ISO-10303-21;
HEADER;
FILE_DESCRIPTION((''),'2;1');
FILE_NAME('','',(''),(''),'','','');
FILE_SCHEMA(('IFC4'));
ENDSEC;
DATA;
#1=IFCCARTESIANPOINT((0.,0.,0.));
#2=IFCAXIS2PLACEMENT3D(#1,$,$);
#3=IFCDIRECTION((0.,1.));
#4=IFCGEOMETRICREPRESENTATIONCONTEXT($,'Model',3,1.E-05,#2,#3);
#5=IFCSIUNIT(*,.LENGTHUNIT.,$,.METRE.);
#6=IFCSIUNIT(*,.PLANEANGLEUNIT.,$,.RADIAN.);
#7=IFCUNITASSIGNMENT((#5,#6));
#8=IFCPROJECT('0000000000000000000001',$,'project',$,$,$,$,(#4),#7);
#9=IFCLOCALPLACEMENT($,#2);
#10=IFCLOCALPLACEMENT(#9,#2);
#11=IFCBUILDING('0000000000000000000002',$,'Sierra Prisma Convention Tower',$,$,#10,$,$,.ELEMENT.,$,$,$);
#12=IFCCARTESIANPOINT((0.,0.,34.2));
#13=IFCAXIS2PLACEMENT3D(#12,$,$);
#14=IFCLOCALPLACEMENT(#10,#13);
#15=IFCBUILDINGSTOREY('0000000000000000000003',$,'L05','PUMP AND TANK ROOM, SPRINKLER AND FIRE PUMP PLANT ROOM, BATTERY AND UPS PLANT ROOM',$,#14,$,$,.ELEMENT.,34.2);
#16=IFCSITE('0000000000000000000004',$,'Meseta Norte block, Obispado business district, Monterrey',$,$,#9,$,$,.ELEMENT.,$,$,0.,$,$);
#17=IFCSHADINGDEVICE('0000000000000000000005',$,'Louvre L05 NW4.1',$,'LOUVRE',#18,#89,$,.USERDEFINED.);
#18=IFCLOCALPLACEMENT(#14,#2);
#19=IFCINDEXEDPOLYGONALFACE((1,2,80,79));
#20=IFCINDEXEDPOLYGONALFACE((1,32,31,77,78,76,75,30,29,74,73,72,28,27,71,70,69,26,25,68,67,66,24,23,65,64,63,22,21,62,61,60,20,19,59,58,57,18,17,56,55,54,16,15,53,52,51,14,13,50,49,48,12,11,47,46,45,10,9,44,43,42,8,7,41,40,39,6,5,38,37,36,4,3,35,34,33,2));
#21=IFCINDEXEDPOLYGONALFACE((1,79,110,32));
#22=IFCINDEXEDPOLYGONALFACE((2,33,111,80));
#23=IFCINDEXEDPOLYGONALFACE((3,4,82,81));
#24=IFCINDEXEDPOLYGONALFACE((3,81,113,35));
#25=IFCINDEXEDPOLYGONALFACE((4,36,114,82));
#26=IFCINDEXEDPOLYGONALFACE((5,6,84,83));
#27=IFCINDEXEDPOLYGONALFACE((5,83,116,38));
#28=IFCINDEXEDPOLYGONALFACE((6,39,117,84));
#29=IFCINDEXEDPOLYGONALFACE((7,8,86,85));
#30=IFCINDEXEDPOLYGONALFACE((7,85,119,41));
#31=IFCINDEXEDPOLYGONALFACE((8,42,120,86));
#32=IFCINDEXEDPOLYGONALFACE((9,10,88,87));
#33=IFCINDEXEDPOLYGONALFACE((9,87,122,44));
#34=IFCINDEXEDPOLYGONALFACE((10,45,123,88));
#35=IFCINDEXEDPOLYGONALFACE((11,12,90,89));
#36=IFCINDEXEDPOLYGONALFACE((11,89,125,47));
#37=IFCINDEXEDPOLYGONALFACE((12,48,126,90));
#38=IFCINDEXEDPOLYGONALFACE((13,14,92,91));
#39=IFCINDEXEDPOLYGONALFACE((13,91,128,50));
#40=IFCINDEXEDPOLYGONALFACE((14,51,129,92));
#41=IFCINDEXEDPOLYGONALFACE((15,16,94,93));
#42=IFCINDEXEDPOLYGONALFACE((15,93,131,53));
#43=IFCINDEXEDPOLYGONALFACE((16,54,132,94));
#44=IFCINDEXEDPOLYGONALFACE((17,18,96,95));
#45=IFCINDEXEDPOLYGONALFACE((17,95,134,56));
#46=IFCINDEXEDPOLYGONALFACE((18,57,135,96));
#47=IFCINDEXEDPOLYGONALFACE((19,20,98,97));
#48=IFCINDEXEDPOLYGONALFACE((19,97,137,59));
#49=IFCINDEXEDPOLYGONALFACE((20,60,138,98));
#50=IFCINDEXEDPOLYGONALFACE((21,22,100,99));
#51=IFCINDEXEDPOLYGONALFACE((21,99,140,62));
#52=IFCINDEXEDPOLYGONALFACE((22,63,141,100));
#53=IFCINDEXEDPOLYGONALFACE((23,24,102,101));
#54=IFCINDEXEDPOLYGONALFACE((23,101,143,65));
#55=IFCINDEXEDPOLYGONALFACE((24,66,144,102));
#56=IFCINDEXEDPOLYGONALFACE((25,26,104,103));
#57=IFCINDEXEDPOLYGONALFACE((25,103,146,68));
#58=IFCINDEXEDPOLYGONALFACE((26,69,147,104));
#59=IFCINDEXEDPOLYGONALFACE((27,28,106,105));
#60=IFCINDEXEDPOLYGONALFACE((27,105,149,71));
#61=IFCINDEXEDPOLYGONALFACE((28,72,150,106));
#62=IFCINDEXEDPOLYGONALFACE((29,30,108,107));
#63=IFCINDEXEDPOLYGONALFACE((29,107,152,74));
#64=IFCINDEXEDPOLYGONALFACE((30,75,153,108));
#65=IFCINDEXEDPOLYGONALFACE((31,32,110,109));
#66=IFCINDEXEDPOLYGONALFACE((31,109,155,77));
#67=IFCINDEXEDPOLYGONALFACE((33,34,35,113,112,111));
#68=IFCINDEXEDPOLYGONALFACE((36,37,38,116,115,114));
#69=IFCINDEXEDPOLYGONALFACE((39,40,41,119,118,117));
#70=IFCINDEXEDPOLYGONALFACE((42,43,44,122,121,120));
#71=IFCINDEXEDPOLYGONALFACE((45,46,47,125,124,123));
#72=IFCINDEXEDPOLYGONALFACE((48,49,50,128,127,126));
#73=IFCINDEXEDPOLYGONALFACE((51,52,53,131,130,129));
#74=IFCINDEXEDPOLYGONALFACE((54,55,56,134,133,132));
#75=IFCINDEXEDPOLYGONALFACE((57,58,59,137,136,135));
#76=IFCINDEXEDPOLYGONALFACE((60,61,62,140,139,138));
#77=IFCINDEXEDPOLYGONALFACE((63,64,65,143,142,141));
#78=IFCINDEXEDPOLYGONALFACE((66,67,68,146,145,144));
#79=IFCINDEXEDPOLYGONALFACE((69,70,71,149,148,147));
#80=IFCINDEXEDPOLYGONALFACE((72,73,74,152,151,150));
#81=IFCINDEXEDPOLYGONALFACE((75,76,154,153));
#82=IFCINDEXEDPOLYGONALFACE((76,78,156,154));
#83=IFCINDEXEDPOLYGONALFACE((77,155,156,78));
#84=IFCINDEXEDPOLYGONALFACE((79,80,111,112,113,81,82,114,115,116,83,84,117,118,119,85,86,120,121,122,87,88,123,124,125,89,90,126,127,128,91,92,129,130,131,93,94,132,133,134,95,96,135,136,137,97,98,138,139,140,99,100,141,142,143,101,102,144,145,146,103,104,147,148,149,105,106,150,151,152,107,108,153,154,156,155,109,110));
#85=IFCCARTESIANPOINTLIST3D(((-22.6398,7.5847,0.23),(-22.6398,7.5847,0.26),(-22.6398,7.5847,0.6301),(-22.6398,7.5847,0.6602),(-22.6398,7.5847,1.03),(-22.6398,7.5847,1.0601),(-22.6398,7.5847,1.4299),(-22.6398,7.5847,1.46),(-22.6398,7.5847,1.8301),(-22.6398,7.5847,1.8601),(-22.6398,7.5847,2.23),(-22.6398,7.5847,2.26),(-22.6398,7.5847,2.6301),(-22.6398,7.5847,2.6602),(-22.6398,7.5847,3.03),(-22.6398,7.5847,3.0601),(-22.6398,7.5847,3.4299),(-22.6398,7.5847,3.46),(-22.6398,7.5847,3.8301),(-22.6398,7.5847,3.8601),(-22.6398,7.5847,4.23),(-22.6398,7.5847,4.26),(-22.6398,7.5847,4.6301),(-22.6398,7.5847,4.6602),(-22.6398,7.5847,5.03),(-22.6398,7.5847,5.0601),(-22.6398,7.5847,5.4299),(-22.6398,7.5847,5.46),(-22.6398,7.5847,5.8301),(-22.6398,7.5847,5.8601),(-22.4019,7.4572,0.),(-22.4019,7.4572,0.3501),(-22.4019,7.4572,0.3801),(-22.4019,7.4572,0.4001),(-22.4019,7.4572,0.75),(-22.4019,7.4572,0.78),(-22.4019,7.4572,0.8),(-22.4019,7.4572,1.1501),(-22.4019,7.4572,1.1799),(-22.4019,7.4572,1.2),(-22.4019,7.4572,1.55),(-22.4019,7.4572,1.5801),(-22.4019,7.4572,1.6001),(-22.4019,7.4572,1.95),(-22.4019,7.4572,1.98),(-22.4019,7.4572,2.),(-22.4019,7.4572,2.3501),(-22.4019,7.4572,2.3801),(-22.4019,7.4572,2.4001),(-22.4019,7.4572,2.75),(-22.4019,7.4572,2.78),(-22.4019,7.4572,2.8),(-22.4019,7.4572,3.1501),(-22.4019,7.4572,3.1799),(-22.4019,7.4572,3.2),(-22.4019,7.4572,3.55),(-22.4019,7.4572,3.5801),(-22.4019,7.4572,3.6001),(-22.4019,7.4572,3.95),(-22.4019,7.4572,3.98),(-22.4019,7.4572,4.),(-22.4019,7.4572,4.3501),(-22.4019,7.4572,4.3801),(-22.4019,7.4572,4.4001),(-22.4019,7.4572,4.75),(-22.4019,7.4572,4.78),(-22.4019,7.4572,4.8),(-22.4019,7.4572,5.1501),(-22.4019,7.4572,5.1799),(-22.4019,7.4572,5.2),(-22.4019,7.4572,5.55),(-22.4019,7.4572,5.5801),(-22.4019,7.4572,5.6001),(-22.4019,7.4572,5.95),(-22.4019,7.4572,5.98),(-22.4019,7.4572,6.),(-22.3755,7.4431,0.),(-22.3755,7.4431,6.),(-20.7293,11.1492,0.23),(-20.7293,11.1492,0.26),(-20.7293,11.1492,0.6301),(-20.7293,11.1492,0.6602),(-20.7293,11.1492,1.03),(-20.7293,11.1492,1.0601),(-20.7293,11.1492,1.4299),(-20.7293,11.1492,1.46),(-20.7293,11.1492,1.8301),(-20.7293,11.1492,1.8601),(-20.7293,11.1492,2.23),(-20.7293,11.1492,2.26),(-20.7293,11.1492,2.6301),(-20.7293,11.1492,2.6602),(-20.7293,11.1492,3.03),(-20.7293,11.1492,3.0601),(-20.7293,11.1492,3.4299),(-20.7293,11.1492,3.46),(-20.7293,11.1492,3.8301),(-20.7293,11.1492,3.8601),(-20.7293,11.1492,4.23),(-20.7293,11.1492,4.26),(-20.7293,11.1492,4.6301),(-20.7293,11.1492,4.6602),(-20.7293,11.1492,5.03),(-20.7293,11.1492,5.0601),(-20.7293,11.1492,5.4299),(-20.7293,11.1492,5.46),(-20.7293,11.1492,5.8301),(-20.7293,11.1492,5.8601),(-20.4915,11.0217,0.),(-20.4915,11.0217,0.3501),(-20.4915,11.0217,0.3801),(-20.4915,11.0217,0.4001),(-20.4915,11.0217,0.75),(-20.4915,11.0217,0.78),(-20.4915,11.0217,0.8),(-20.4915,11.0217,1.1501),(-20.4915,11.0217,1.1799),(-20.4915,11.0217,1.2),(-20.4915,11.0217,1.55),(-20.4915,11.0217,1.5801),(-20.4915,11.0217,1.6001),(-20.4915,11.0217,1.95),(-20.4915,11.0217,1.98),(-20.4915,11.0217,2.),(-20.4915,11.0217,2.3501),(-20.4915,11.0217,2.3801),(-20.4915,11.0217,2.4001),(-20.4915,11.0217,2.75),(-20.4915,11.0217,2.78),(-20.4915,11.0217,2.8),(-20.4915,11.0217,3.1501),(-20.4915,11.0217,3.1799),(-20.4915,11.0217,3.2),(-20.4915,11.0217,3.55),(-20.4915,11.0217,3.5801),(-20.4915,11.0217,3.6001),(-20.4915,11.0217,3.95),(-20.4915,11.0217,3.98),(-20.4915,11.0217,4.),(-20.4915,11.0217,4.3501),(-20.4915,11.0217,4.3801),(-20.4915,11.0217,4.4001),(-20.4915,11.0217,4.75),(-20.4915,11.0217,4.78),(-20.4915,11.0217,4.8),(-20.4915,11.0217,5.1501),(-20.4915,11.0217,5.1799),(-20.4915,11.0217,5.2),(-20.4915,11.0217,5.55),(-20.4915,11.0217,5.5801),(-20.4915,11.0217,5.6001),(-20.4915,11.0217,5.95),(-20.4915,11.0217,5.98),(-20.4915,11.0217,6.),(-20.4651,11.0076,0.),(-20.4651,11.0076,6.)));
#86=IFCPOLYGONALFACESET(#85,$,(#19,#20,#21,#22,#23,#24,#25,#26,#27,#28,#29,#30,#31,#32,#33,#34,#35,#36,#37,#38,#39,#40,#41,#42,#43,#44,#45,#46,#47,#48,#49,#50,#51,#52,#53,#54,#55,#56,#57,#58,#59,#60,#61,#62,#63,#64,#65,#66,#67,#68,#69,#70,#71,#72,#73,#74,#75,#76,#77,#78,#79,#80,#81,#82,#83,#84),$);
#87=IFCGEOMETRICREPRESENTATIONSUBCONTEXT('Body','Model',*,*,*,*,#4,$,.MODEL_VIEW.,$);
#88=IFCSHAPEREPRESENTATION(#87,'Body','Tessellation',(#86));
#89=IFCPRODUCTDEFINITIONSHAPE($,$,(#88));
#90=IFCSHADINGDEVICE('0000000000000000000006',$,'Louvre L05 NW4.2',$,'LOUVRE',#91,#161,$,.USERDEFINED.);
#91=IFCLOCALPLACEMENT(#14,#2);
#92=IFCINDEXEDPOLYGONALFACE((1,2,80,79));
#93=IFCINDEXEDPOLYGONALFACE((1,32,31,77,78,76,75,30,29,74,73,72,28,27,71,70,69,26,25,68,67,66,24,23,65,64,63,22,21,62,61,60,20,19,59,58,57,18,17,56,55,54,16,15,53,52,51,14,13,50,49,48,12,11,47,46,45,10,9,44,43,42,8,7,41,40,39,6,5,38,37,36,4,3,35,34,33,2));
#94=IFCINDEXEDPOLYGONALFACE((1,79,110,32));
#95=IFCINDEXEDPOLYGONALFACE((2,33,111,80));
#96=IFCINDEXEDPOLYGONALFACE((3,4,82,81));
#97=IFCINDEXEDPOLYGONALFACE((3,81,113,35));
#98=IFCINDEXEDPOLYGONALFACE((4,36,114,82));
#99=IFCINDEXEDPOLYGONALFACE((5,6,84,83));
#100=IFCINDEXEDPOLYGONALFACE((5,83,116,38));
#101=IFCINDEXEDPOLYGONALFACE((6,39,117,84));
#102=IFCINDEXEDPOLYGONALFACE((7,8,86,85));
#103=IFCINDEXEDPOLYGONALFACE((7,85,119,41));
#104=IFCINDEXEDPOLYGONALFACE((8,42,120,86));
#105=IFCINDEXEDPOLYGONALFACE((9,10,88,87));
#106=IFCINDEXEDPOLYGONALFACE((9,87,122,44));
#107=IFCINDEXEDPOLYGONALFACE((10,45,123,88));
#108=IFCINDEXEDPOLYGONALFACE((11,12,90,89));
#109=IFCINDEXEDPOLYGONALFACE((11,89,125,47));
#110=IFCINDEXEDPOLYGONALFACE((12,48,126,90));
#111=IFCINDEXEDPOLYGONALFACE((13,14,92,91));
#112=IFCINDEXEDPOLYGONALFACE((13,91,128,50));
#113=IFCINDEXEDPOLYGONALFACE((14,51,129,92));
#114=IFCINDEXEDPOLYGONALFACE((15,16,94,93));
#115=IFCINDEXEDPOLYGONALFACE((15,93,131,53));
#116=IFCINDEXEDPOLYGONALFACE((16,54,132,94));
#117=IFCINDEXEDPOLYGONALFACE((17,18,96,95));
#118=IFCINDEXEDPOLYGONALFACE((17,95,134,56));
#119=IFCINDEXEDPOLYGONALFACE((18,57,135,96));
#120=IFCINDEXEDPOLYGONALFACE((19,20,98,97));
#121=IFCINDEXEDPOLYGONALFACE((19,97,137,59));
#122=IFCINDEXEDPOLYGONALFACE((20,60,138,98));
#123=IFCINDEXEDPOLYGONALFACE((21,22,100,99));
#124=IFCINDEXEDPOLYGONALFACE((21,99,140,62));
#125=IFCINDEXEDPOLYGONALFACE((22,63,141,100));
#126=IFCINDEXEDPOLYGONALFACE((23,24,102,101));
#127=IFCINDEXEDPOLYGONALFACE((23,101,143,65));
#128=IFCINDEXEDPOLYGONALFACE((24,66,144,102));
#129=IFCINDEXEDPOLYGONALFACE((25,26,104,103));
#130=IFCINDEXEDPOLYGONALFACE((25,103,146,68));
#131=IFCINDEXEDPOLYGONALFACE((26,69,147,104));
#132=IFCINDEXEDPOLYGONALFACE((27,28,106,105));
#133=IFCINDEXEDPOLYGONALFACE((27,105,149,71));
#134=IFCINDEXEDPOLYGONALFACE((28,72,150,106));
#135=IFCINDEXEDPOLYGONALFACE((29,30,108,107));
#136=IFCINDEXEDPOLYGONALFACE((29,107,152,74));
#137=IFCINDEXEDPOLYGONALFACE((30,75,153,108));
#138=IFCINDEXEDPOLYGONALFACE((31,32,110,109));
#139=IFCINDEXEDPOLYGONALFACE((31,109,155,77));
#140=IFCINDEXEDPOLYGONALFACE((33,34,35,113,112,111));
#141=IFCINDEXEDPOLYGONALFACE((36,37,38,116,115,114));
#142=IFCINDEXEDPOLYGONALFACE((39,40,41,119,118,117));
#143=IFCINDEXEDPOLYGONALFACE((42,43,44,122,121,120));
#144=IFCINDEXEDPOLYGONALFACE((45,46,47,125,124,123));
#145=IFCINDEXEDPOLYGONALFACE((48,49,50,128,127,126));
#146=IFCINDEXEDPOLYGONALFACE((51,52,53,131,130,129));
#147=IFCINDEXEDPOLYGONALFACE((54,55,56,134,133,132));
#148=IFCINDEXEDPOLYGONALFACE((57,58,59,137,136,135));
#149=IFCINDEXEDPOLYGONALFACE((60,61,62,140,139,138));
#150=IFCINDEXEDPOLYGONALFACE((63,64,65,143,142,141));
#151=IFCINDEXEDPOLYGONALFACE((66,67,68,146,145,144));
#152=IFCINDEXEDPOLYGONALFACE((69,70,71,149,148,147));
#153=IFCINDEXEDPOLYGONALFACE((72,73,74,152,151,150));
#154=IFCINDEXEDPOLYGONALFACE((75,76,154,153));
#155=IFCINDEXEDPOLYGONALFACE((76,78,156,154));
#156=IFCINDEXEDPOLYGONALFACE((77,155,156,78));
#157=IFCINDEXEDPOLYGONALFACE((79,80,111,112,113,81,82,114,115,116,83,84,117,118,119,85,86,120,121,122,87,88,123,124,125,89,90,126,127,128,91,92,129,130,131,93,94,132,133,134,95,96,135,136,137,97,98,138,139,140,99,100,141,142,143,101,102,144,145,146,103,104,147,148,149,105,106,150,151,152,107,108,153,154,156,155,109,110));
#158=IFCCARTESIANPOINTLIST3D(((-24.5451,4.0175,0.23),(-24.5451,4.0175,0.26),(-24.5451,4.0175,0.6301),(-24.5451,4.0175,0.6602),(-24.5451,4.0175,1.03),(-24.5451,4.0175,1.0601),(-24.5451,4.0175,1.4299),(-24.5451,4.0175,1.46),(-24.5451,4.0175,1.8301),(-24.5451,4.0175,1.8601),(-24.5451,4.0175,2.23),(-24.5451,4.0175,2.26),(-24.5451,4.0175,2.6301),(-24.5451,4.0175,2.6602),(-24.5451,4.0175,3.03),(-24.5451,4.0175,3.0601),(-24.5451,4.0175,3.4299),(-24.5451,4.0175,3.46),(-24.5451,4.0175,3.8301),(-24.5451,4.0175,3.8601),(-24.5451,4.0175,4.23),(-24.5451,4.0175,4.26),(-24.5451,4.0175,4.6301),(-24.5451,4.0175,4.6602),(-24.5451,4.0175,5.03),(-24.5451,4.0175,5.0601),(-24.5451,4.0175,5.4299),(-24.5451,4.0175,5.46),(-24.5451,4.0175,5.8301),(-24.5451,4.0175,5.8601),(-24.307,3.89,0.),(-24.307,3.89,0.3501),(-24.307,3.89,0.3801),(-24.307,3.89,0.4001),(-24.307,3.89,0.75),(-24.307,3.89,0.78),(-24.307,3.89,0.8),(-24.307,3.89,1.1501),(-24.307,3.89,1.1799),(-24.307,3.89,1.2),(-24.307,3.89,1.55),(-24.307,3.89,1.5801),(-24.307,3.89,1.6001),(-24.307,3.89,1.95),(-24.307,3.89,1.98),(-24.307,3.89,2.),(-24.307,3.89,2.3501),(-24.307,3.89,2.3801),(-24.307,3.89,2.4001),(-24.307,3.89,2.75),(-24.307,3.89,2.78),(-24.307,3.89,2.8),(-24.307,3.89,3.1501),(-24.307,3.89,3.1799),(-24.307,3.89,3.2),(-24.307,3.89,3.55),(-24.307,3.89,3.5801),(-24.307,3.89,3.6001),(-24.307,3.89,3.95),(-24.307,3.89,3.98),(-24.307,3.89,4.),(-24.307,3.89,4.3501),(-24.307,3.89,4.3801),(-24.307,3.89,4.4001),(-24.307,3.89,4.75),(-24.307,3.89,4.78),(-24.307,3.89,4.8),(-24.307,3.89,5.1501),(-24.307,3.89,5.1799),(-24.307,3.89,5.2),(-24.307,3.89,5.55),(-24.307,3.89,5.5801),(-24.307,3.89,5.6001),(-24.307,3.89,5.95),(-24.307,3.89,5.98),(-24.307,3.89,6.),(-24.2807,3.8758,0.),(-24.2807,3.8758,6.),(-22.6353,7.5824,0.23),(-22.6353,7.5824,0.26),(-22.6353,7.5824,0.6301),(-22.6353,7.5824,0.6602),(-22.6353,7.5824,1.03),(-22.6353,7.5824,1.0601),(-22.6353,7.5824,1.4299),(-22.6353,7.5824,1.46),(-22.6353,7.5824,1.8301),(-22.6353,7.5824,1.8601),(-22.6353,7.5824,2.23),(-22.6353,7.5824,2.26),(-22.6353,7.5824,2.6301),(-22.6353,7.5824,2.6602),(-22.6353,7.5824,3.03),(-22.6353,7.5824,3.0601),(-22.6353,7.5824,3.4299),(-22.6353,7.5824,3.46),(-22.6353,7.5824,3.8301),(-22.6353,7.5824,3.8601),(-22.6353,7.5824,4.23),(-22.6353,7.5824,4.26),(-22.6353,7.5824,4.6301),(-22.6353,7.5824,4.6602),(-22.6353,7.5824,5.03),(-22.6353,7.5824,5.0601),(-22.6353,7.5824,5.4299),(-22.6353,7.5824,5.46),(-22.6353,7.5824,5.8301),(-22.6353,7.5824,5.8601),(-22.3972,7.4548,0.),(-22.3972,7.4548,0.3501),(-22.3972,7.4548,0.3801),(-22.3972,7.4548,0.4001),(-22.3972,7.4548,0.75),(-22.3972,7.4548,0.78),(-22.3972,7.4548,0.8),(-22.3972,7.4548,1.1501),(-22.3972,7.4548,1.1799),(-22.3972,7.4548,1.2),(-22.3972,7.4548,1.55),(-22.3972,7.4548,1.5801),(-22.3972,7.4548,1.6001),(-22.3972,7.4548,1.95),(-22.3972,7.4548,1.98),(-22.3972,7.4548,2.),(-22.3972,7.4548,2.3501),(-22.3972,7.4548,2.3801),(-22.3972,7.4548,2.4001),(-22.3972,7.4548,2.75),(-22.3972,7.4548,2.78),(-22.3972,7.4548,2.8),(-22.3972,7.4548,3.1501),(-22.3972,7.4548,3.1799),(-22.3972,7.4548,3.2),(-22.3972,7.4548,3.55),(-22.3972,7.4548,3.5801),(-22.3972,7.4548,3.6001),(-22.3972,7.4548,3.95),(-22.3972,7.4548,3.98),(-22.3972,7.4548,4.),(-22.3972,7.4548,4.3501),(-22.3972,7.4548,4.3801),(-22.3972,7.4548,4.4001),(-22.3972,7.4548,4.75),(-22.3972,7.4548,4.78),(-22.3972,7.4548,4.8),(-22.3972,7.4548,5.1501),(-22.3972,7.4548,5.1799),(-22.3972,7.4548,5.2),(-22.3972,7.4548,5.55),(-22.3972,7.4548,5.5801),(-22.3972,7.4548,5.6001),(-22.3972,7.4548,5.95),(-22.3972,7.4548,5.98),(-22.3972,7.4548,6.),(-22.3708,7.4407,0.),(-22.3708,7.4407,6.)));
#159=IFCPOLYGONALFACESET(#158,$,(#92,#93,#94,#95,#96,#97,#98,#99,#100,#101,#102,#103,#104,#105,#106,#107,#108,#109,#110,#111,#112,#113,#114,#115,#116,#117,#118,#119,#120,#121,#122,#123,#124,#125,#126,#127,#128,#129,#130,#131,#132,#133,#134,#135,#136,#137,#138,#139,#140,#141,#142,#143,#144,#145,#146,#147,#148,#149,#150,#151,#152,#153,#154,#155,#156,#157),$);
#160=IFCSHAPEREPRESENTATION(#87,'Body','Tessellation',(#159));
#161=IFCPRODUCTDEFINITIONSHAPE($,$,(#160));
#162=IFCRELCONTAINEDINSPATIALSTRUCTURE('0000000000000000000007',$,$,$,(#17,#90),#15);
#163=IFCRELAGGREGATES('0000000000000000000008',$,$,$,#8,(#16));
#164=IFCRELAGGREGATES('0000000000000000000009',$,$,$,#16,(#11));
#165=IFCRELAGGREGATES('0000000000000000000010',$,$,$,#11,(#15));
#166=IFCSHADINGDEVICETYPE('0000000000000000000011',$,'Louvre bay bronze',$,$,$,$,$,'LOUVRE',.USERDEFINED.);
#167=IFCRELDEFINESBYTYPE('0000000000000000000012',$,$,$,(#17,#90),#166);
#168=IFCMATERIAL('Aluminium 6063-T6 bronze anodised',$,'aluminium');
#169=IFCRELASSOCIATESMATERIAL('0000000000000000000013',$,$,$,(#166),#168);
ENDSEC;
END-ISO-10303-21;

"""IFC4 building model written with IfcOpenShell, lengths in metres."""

from ifc_helpers import new_model, si_unit, direction, frame, origin, place, context, subcontext, project, spatial, polyline, outline, extrude, material, type_object, element, save


model = new_model("IFC4")

# Units and contexts
model_context = context("Model", 3, precision=1e-05, world=origin(), true_north=direction((0.0, 1.0)))
body_context = subcontext(model_context, "Body", "Model", "MODEL_VIEW")
ifc_project = project(units=[si_unit("LENGTHUNIT", "METRE"), si_unit("PLANEANGLEUNIT", "RADIAN")], contexts=[model_context])

# Site, building, storey
site_placement = place(None, origin())
site = spatial("IfcSite", under=ifc_project, at=site_placement, Name="Meseta Norte block, Obispado business district, Monterrey", CompositionType="ELEMENT", RefElevation=0.0)
building_placement = place(site_placement, origin())
building = spatial("IfcBuilding", under=site, at=building_placement, Name="Sierra Prisma Convention Tower", CompositionType="ELEMENT")
storey_placement = place(building_placement, frame((0.0, 0.0, 34.2)))
storey = spatial("IfcBuildingStorey", under=building, at=storey_placement, Name="L05", Description="PUMP AND TANK ROOM, SPRINKLER AND FIRE PUMP PLANT ROOM, BATTERY AND UPS PLANT ROOM", CompositionType="ELEMENT", Elevation=34.2)

# Shading devices
ifc_material_1 = material(Name="Aluminium 6063-T6 bronze anodised", Category="aluminium")
shading_device_type = type_object("IfcShadingDeviceType", Name="Louvre bay bronze", ElementType="LOUVRE", PredefinedType="USERDEFINED", material=ifc_material_1)
shading_device_1_placement = place(storey_placement, frame((-20.4651, 11.0076, 0.0), z_axis=(0.472387, 0.881391, 0.0), x_axis=(0.0, 0.0, 1.0)))
element("IfcShadingDevice", 1, at=shading_device_1_placement, inside=storey, type_object=shading_device_type, Name="Louvre L05 NW4.1", ObjectType="LOUVRE", PredefinedType="USERDEFINED", context=body_context, shape_type="SweptSolid", body=[
    extrude(outline(polyline([(0.0, 0.0), (6.0, 0.0), (6.0, -0.0299), (5.98, -0.0299), (5.8601, -0.2998), (5.8301, -0.2998), (5.95, -0.0299), (5.6001, -0.0299), (5.5801, -0.0299), (5.46, -0.2998), (5.4299, -0.2998), (5.55, -0.0299), (5.2, -0.0299), (5.1799, -0.0299), (5.0601, -0.2998), (5.03, -0.2998), (5.1501, -0.0299), (4.8, -0.0299), (4.78, -0.0299), (4.6602, -0.2998), (4.6301, -0.2998), (4.75, -0.0299), (4.4001, -0.0299), (4.3801, -0.0299), (4.26, -0.2998), (4.23, -0.2998), (4.3501, -0.0299), (4.0, -0.0299), (3.98, -0.0299), (3.8601, -0.2998), (3.8301, -0.2998), (3.95, -0.0299), (3.6001, -0.0299), (3.5801, -0.0299), (3.46, -0.2998), (3.4299, -0.2998), (3.55, -0.0299), (3.2, -0.0299), (3.1799, -0.0299), (3.0601, -0.2998), (3.03, -0.2998), (3.1501, -0.0299), (2.8, -0.0299), (2.78, -0.0299), (2.6602, -0.2998), (2.6301, -0.2998), (2.75, -0.0299), (2.4001, -0.0299), (2.3801, -0.0299), (2.26, -0.2998), (2.23, -0.2998), (2.3501, -0.0299), (2.0, -0.0299), (1.98, -0.0299), (1.8601, -0.2998), (1.8301, -0.2998), (1.95, -0.0299), (1.6001, -0.0299), (1.5801, -0.0299), (1.46, -0.2998), (1.4299, -0.2998), (1.55, -0.0299), (1.2, -0.0299), (1.1799, -0.0299), (1.0601, -0.2998), (1.03, -0.2998), (1.1501, -0.0299), (0.8, -0.0299), (0.78, -0.0299), (0.6602, -0.2998), (0.6301, -0.2998), (0.75, -0.0299), (0.4001, -0.0299), (0.3801, -0.0299), (0.26, -0.2998), (0.23, -0.2998), (0.3501, -0.0299), (0.0, -0.0299), (0.0, 0.0)])), origin(), (0.0, 0.0, -1.0), 4.0442),
])
shading_device_2_placement = place(storey_placement, frame((-22.3708, 7.4407, 0.0), z_axis=(0.472235, 0.881473, 0.0), x_axis=(0.0, 0.0, 1.0)))
element("IfcShadingDevice", 2, at=shading_device_2_placement, inside=storey, type_object=shading_device_type, Name="Louvre L05 NW4.2", ObjectType="LOUVRE", PredefinedType="USERDEFINED", context=body_context, shape_type="SweptSolid", body=[
    extrude(outline(polyline([(0.0, 0.0), (6.0, 0.0), (6.0, -0.0299), (5.98, -0.0299), (5.8601, -0.3), (5.8301, -0.3), (5.95, -0.0299), (5.6001, -0.0299), (5.5801, -0.0299), (5.46, -0.3), (5.4299, -0.3), (5.55, -0.0299), (5.2, -0.0299), (5.1799, -0.0299), (5.0601, -0.3), (5.03, -0.3), (5.1501, -0.0299), (4.8, -0.0299), (4.78, -0.0299), (4.6602, -0.3), (4.6301, -0.3), (4.75, -0.0299), (4.4001, -0.0299), (4.3801, -0.0299), (4.26, -0.3), (4.23, -0.3), (4.3501, -0.0299), (4.0, -0.0299), (3.98, -0.0299), (3.8601, -0.3), (3.8301, -0.3), (3.95, -0.0299), (3.6001, -0.0299), (3.5801, -0.0299), (3.46, -0.3), (3.4299, -0.3), (3.55, -0.0299), (3.2, -0.0299), (3.1799, -0.0299), (3.0601, -0.3), (3.03, -0.3), (3.1501, -0.0299), (2.8, -0.0299), (2.78, -0.0299), (2.6602, -0.3), (2.6301, -0.3), (2.75, -0.0299), (2.4001, -0.0299), (2.3801, -0.0299), (2.26, -0.3), (2.23, -0.3), (2.3501, -0.0299), (2.0, -0.0299), (1.98, -0.0299), (1.8601, -0.3), (1.8301, -0.3), (1.95, -0.0299), (1.6001, -0.0299), (1.5801, -0.0299), (1.46, -0.3), (1.4299, -0.3), (1.55, -0.0299), (1.2, -0.0299), (1.1799, -0.0299), (1.0601, -0.3), (1.03, -0.3), (1.1501, -0.0299), (0.8, -0.0299), (0.78, -0.0299), (0.6602, -0.3), (0.6301, -0.3), (0.75, -0.0299), (0.4001, -0.0299), (0.3801, -0.0299), (0.26, -0.3), (0.23, -0.3), (0.3501, -0.0299), (0.0, -0.0299), (0.0, 0.0)])), origin(), (0.0, 0.0, -1.0), 4.0442),
])

save(model, "model.ifc")
